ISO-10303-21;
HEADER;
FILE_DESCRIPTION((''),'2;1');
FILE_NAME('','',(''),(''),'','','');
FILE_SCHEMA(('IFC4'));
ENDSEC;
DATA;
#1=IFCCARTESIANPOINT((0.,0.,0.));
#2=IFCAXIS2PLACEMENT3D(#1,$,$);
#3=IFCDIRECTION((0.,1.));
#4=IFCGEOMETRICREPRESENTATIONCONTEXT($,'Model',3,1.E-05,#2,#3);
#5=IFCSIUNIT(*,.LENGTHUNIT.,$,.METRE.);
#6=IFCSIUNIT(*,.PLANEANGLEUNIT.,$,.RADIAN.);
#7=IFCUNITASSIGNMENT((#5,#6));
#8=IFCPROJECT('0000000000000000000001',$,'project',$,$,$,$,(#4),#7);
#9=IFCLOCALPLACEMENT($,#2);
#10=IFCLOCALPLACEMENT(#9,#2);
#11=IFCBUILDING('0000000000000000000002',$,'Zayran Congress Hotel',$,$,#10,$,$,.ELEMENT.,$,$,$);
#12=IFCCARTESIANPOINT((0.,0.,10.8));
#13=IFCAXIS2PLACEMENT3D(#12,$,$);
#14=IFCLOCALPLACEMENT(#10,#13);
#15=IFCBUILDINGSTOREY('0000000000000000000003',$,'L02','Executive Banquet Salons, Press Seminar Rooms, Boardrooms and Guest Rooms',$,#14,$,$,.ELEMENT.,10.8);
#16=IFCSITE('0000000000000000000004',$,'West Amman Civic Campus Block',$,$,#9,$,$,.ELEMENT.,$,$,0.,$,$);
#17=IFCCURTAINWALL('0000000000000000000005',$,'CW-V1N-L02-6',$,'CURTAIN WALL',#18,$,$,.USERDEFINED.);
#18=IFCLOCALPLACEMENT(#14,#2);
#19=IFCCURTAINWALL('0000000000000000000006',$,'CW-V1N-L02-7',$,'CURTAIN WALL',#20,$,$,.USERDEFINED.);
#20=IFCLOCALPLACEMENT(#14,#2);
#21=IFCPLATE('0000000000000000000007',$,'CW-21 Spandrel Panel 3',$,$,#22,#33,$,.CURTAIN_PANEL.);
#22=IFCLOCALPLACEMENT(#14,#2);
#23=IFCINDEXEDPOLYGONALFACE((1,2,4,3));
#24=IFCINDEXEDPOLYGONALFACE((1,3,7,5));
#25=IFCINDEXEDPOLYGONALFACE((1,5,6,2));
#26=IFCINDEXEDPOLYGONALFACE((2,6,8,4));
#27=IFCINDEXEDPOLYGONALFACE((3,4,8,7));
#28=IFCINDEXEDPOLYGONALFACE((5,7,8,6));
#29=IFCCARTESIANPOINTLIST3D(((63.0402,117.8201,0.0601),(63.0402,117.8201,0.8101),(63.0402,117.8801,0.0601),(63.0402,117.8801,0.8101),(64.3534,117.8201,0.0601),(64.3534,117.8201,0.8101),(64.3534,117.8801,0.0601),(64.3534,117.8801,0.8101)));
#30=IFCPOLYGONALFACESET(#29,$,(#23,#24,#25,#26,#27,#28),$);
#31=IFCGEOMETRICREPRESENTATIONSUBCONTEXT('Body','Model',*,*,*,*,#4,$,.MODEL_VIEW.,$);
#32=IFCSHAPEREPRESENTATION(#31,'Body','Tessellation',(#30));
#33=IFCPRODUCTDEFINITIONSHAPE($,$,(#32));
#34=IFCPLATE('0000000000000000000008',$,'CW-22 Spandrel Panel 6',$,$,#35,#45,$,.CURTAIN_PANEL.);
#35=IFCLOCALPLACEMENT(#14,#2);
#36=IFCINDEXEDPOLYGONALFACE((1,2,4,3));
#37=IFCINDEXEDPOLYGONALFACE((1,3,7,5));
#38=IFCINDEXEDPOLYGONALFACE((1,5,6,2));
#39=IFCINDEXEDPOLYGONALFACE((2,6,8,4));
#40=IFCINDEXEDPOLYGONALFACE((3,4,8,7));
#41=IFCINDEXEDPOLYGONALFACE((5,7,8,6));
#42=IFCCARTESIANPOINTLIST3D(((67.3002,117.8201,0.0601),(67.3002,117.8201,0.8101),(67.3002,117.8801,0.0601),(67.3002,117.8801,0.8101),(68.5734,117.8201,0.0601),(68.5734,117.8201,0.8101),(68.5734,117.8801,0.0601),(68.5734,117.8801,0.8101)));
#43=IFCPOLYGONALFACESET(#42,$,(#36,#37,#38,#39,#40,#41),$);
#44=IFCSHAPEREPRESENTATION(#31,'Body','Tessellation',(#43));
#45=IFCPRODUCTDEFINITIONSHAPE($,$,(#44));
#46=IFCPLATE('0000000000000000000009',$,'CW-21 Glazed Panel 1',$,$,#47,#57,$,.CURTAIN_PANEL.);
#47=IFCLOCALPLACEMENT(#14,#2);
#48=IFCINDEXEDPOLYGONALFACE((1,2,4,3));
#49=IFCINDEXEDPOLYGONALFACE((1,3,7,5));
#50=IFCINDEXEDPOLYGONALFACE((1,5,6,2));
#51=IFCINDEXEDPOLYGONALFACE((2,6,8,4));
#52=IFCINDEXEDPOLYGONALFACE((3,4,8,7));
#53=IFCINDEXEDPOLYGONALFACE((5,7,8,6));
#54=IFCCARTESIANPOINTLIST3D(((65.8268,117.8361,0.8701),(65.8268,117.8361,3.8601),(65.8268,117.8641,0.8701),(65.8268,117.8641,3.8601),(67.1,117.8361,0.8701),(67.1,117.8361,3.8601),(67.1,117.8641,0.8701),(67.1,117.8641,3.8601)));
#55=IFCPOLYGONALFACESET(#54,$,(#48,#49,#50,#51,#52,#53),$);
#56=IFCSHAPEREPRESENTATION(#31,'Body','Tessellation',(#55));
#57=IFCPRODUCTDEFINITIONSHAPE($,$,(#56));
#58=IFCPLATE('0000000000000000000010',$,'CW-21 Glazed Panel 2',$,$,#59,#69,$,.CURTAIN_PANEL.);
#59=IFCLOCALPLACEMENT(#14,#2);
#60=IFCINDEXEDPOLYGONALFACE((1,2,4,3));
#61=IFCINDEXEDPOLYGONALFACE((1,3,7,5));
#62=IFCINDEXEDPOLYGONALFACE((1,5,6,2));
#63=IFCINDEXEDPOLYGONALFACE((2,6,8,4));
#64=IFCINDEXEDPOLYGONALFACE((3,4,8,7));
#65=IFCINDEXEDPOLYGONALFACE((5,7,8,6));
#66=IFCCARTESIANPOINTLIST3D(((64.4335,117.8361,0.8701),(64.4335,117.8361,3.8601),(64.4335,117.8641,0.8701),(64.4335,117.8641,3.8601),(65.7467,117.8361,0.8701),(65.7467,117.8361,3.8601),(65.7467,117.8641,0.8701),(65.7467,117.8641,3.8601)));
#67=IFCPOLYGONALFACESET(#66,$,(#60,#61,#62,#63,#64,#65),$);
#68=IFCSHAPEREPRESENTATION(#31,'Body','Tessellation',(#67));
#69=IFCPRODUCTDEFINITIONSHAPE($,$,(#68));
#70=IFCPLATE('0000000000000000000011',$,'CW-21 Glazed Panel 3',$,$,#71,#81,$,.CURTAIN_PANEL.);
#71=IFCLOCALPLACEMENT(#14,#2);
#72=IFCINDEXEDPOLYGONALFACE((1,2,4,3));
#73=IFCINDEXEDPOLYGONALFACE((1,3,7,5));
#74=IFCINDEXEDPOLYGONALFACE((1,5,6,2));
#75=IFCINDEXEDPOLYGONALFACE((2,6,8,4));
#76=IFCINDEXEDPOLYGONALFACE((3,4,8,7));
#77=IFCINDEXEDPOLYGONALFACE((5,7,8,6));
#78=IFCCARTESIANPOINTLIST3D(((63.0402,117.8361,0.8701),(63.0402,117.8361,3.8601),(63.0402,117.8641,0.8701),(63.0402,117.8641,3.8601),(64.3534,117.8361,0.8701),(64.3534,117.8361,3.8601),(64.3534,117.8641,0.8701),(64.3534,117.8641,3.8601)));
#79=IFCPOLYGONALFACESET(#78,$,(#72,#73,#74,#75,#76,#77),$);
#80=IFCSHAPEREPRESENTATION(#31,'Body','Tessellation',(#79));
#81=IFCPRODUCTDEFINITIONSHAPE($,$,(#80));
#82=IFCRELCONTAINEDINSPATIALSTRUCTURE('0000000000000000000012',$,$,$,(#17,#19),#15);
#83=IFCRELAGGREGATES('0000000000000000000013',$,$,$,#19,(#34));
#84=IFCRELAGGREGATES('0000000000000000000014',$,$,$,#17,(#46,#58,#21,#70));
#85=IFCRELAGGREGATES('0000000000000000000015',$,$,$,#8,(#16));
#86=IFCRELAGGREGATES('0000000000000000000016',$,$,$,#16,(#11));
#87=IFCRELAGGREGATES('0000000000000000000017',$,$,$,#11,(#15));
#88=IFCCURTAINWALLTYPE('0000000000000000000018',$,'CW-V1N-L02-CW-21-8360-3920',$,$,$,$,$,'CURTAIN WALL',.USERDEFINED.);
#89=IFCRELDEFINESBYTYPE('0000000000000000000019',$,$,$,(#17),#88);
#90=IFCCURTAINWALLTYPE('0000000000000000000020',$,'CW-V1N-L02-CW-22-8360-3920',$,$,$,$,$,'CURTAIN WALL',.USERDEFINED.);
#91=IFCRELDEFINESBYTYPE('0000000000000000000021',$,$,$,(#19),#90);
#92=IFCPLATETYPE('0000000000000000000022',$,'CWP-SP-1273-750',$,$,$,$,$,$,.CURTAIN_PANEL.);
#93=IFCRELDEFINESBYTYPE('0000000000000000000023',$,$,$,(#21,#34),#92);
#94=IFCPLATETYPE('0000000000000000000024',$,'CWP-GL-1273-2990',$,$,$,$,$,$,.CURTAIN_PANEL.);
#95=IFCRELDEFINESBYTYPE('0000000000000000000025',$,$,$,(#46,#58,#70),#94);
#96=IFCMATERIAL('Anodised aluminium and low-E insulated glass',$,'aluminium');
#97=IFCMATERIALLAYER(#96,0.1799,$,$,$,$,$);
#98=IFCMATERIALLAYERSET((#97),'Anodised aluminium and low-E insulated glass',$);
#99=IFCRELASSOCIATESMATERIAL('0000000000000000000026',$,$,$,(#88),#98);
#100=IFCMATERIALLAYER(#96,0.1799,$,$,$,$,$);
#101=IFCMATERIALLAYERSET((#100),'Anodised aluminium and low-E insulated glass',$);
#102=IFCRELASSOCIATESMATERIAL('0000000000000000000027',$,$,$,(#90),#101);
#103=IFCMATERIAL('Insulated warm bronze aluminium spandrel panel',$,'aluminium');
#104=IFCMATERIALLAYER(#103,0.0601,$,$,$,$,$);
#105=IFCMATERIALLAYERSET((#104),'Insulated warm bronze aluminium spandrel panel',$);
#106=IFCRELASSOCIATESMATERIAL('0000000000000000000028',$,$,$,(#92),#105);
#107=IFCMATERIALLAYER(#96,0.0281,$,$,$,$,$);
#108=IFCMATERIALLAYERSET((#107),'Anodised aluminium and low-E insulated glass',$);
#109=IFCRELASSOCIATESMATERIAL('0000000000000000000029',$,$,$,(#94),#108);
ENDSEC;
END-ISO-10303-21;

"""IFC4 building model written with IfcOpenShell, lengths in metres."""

from ifc_helpers import new_model, si_unit, direction, frame, origin, origin_2d, place, context, subcontext, project, spatial, rectangle, extrude, material, layer, layer_set, type_object, element, aggregate, save


model = new_model("IFC4")

# Units and contexts
model_context = context("Model", 3, precision=1e-05, world=origin(), true_north=direction((0.0, 1.0)))
body_context = subcontext(model_context, "Body", "Model", "MODEL_VIEW")
ifc_project = project(units=[si_unit("LENGTHUNIT", "METRE"), si_unit("PLANEANGLEUNIT", "RADIAN")], contexts=[model_context])

# Site, building, storey
site_placement = place(None, origin())
site = spatial("IfcSite", under=ifc_project, at=site_placement, Name="West Amman Civic Campus Block", CompositionType="ELEMENT", RefElevation=0.0)
building_placement = place(site_placement, origin())
building = spatial("IfcBuilding", under=site, at=building_placement, Name="Zayran Congress Hotel", CompositionType="ELEMENT")
storey_placement = place(building_placement, frame((0.0, 0.0, 10.8)))
storey = spatial("IfcBuildingStorey", under=building, at=storey_placement, Name="L02", Description="Executive Banquet Salons, Press Seminar Rooms, Boardrooms and Guest Rooms", CompositionType="ELEMENT", Elevation=10.8)

# Curtain wall
ifc_material_1 = material(Name="Anodised aluminium and low-E insulated glass", Category="aluminium")
ifc_layer_1 = layer(ifc_material_1, 0.1799)
ifc_layer_set_1 = layer_set([ifc_layer_1], Name="Anodised aluminium and low-E insulated glass")
curtain_wall_type_1 = type_object("IfcCurtainWallType", Name="CW-V1N-L02-CW-21-8360-3920", ElementType="CURTAIN WALL", PredefinedType="USERDEFINED", material=ifc_layer_set_1)
curtain_wall_1_placement = place(storey_placement, origin())
curtain_wall_1 = element("IfcCurtainWall", 1, at=curtain_wall_1_placement, inside=storey, type_object=curtain_wall_type_1, Name="CW-V1N-L02-6", ObjectType="CURTAIN WALL", PredefinedType="USERDEFINED")

# Curtain wall
ifc_layer_2 = layer(ifc_material_1, 0.1799)
ifc_layer_set_2 = layer_set([ifc_layer_2], Name="Anodised aluminium and low-E insulated glass")
curtain_wall_type_2 = type_object("IfcCurtainWallType", Name="CW-V1N-L02-CW-22-8360-3920", ElementType="CURTAIN WALL", PredefinedType="USERDEFINED", material=ifc_layer_set_2)
curtain_wall_2_placement = place(storey_placement, origin())
curtain_wall_2 = element("IfcCurtainWall", 2, at=curtain_wall_2_placement, inside=storey, type_object=curtain_wall_type_2, Name="CW-V1N-L02-7", ObjectType="CURTAIN WALL", PredefinedType="USERDEFINED")

# Plates
ifc_material_2 = material(Name="Insulated warm bronze aluminium spandrel panel", Category="aluminium")
ifc_layer_3 = layer(ifc_material_2, 0.0601)
ifc_layer_set_3 = layer_set([ifc_layer_3], Name="Insulated warm bronze aluminium spandrel panel")
plate_type_1 = type_object("IfcPlateType", Name="CWP-SP-1273-750", PredefinedType="CURTAIN_PANEL", material=ifc_layer_set_3)
plate_1_placement = place(storey_placement, frame((63.6968, 117.8501, 0.0601), z_axis=(0.0, 0.0, 1.0), x_axis=(1.0, 0.0, 0.0)))
plate_1 = element("IfcPlate", 3, at=plate_1_placement, type_object=plate_type_1, Name="CW-21 Spandrel Panel 3", PredefinedType="CURTAIN_PANEL", context=body_context, shape_type="SweptSolid", body=[
    extrude(rectangle(XDim=1.3132, YDim=0.0601, at=origin_2d()), origin(), (0.0, 0.0, 1.0), 0.75),
])
plate_2_placement = place(storey_placement, frame((67.9368, 117.8501, 0.0601), z_axis=(0.0, 0.0, 1.0), x_axis=(1.0, 0.0, 0.0)))
plate_2 = element("IfcPlate", 4, at=plate_2_placement, type_object=plate_type_1, Name="CW-22 Spandrel Panel 6", PredefinedType="CURTAIN_PANEL", context=body_context, shape_type="SweptSolid", body=[
    extrude(rectangle(XDim=1.2732, YDim=0.0601, at=origin_2d()), origin(), (0.0, 0.0, 1.0), 0.75),
])
aggregate(curtain_wall_2, [plate_2])
ifc_layer_4 = layer(ifc_material_1, 0.0281)
ifc_layer_set_4 = layer_set([ifc_layer_4], Name="Anodised aluminium and low-E insulated glass")
plate_type_2 = type_object("IfcPlateType", Name="CWP-GL-1273-2990", PredefinedType="CURTAIN_PANEL", material=ifc_layer_set_4)
plate_3_placement = place(storey_placement, frame((66.4634, 117.8501, 0.8701), z_axis=(0.0, 0.0, 1.0), x_axis=(1.0, 0.0, 0.0)))
plate_3 = element("IfcPlate", 5, at=plate_3_placement, type_object=plate_type_2, Name="CW-21 Glazed Panel 1", PredefinedType="CURTAIN_PANEL", context=body_context, shape_type="SweptSolid", body=[
    extrude(rectangle(XDim=1.2732, YDim=0.0281, at=origin_2d()), origin(), (0.0, 0.0, 1.0), 2.99),
])
plate_4_placement = place(storey_placement, frame((65.0901, 117.8501, 0.8701), z_axis=(0.0, 0.0, 1.0), x_axis=(1.0, 0.0, 0.0)))
plate_4 = element("IfcPlate", 6, at=plate_4_placement, type_object=plate_type_2, Name="CW-21 Glazed Panel 2", PredefinedType="CURTAIN_PANEL", context=body_context, shape_type="SweptSolid", body=[
    extrude(rectangle(XDim=1.3132, YDim=0.0281, at=origin_2d()), origin(), (0.0, 0.0, 1.0), 2.99),
])
plate_5_placement = place(storey_placement, frame((63.6968, 117.8501, 0.8701), z_axis=(0.0, 0.0, 1.0), x_axis=(1.0, 0.0, 0.0)))
plate_5 = element("IfcPlate", 7, at=plate_5_placement, type_object=plate_type_2, Name="CW-21 Glazed Panel 3", PredefinedType="CURTAIN_PANEL", context=body_context, shape_type="SweptSolid", body=[
    extrude(rectangle(XDim=1.3132, YDim=0.0281, at=origin_2d()), origin(), (0.0, 0.0, 1.0), 2.99),
])
aggregate(curtain_wall_1, [plate_3, plate_4, plate_1, plate_5])

save(model, "model.ifc")
